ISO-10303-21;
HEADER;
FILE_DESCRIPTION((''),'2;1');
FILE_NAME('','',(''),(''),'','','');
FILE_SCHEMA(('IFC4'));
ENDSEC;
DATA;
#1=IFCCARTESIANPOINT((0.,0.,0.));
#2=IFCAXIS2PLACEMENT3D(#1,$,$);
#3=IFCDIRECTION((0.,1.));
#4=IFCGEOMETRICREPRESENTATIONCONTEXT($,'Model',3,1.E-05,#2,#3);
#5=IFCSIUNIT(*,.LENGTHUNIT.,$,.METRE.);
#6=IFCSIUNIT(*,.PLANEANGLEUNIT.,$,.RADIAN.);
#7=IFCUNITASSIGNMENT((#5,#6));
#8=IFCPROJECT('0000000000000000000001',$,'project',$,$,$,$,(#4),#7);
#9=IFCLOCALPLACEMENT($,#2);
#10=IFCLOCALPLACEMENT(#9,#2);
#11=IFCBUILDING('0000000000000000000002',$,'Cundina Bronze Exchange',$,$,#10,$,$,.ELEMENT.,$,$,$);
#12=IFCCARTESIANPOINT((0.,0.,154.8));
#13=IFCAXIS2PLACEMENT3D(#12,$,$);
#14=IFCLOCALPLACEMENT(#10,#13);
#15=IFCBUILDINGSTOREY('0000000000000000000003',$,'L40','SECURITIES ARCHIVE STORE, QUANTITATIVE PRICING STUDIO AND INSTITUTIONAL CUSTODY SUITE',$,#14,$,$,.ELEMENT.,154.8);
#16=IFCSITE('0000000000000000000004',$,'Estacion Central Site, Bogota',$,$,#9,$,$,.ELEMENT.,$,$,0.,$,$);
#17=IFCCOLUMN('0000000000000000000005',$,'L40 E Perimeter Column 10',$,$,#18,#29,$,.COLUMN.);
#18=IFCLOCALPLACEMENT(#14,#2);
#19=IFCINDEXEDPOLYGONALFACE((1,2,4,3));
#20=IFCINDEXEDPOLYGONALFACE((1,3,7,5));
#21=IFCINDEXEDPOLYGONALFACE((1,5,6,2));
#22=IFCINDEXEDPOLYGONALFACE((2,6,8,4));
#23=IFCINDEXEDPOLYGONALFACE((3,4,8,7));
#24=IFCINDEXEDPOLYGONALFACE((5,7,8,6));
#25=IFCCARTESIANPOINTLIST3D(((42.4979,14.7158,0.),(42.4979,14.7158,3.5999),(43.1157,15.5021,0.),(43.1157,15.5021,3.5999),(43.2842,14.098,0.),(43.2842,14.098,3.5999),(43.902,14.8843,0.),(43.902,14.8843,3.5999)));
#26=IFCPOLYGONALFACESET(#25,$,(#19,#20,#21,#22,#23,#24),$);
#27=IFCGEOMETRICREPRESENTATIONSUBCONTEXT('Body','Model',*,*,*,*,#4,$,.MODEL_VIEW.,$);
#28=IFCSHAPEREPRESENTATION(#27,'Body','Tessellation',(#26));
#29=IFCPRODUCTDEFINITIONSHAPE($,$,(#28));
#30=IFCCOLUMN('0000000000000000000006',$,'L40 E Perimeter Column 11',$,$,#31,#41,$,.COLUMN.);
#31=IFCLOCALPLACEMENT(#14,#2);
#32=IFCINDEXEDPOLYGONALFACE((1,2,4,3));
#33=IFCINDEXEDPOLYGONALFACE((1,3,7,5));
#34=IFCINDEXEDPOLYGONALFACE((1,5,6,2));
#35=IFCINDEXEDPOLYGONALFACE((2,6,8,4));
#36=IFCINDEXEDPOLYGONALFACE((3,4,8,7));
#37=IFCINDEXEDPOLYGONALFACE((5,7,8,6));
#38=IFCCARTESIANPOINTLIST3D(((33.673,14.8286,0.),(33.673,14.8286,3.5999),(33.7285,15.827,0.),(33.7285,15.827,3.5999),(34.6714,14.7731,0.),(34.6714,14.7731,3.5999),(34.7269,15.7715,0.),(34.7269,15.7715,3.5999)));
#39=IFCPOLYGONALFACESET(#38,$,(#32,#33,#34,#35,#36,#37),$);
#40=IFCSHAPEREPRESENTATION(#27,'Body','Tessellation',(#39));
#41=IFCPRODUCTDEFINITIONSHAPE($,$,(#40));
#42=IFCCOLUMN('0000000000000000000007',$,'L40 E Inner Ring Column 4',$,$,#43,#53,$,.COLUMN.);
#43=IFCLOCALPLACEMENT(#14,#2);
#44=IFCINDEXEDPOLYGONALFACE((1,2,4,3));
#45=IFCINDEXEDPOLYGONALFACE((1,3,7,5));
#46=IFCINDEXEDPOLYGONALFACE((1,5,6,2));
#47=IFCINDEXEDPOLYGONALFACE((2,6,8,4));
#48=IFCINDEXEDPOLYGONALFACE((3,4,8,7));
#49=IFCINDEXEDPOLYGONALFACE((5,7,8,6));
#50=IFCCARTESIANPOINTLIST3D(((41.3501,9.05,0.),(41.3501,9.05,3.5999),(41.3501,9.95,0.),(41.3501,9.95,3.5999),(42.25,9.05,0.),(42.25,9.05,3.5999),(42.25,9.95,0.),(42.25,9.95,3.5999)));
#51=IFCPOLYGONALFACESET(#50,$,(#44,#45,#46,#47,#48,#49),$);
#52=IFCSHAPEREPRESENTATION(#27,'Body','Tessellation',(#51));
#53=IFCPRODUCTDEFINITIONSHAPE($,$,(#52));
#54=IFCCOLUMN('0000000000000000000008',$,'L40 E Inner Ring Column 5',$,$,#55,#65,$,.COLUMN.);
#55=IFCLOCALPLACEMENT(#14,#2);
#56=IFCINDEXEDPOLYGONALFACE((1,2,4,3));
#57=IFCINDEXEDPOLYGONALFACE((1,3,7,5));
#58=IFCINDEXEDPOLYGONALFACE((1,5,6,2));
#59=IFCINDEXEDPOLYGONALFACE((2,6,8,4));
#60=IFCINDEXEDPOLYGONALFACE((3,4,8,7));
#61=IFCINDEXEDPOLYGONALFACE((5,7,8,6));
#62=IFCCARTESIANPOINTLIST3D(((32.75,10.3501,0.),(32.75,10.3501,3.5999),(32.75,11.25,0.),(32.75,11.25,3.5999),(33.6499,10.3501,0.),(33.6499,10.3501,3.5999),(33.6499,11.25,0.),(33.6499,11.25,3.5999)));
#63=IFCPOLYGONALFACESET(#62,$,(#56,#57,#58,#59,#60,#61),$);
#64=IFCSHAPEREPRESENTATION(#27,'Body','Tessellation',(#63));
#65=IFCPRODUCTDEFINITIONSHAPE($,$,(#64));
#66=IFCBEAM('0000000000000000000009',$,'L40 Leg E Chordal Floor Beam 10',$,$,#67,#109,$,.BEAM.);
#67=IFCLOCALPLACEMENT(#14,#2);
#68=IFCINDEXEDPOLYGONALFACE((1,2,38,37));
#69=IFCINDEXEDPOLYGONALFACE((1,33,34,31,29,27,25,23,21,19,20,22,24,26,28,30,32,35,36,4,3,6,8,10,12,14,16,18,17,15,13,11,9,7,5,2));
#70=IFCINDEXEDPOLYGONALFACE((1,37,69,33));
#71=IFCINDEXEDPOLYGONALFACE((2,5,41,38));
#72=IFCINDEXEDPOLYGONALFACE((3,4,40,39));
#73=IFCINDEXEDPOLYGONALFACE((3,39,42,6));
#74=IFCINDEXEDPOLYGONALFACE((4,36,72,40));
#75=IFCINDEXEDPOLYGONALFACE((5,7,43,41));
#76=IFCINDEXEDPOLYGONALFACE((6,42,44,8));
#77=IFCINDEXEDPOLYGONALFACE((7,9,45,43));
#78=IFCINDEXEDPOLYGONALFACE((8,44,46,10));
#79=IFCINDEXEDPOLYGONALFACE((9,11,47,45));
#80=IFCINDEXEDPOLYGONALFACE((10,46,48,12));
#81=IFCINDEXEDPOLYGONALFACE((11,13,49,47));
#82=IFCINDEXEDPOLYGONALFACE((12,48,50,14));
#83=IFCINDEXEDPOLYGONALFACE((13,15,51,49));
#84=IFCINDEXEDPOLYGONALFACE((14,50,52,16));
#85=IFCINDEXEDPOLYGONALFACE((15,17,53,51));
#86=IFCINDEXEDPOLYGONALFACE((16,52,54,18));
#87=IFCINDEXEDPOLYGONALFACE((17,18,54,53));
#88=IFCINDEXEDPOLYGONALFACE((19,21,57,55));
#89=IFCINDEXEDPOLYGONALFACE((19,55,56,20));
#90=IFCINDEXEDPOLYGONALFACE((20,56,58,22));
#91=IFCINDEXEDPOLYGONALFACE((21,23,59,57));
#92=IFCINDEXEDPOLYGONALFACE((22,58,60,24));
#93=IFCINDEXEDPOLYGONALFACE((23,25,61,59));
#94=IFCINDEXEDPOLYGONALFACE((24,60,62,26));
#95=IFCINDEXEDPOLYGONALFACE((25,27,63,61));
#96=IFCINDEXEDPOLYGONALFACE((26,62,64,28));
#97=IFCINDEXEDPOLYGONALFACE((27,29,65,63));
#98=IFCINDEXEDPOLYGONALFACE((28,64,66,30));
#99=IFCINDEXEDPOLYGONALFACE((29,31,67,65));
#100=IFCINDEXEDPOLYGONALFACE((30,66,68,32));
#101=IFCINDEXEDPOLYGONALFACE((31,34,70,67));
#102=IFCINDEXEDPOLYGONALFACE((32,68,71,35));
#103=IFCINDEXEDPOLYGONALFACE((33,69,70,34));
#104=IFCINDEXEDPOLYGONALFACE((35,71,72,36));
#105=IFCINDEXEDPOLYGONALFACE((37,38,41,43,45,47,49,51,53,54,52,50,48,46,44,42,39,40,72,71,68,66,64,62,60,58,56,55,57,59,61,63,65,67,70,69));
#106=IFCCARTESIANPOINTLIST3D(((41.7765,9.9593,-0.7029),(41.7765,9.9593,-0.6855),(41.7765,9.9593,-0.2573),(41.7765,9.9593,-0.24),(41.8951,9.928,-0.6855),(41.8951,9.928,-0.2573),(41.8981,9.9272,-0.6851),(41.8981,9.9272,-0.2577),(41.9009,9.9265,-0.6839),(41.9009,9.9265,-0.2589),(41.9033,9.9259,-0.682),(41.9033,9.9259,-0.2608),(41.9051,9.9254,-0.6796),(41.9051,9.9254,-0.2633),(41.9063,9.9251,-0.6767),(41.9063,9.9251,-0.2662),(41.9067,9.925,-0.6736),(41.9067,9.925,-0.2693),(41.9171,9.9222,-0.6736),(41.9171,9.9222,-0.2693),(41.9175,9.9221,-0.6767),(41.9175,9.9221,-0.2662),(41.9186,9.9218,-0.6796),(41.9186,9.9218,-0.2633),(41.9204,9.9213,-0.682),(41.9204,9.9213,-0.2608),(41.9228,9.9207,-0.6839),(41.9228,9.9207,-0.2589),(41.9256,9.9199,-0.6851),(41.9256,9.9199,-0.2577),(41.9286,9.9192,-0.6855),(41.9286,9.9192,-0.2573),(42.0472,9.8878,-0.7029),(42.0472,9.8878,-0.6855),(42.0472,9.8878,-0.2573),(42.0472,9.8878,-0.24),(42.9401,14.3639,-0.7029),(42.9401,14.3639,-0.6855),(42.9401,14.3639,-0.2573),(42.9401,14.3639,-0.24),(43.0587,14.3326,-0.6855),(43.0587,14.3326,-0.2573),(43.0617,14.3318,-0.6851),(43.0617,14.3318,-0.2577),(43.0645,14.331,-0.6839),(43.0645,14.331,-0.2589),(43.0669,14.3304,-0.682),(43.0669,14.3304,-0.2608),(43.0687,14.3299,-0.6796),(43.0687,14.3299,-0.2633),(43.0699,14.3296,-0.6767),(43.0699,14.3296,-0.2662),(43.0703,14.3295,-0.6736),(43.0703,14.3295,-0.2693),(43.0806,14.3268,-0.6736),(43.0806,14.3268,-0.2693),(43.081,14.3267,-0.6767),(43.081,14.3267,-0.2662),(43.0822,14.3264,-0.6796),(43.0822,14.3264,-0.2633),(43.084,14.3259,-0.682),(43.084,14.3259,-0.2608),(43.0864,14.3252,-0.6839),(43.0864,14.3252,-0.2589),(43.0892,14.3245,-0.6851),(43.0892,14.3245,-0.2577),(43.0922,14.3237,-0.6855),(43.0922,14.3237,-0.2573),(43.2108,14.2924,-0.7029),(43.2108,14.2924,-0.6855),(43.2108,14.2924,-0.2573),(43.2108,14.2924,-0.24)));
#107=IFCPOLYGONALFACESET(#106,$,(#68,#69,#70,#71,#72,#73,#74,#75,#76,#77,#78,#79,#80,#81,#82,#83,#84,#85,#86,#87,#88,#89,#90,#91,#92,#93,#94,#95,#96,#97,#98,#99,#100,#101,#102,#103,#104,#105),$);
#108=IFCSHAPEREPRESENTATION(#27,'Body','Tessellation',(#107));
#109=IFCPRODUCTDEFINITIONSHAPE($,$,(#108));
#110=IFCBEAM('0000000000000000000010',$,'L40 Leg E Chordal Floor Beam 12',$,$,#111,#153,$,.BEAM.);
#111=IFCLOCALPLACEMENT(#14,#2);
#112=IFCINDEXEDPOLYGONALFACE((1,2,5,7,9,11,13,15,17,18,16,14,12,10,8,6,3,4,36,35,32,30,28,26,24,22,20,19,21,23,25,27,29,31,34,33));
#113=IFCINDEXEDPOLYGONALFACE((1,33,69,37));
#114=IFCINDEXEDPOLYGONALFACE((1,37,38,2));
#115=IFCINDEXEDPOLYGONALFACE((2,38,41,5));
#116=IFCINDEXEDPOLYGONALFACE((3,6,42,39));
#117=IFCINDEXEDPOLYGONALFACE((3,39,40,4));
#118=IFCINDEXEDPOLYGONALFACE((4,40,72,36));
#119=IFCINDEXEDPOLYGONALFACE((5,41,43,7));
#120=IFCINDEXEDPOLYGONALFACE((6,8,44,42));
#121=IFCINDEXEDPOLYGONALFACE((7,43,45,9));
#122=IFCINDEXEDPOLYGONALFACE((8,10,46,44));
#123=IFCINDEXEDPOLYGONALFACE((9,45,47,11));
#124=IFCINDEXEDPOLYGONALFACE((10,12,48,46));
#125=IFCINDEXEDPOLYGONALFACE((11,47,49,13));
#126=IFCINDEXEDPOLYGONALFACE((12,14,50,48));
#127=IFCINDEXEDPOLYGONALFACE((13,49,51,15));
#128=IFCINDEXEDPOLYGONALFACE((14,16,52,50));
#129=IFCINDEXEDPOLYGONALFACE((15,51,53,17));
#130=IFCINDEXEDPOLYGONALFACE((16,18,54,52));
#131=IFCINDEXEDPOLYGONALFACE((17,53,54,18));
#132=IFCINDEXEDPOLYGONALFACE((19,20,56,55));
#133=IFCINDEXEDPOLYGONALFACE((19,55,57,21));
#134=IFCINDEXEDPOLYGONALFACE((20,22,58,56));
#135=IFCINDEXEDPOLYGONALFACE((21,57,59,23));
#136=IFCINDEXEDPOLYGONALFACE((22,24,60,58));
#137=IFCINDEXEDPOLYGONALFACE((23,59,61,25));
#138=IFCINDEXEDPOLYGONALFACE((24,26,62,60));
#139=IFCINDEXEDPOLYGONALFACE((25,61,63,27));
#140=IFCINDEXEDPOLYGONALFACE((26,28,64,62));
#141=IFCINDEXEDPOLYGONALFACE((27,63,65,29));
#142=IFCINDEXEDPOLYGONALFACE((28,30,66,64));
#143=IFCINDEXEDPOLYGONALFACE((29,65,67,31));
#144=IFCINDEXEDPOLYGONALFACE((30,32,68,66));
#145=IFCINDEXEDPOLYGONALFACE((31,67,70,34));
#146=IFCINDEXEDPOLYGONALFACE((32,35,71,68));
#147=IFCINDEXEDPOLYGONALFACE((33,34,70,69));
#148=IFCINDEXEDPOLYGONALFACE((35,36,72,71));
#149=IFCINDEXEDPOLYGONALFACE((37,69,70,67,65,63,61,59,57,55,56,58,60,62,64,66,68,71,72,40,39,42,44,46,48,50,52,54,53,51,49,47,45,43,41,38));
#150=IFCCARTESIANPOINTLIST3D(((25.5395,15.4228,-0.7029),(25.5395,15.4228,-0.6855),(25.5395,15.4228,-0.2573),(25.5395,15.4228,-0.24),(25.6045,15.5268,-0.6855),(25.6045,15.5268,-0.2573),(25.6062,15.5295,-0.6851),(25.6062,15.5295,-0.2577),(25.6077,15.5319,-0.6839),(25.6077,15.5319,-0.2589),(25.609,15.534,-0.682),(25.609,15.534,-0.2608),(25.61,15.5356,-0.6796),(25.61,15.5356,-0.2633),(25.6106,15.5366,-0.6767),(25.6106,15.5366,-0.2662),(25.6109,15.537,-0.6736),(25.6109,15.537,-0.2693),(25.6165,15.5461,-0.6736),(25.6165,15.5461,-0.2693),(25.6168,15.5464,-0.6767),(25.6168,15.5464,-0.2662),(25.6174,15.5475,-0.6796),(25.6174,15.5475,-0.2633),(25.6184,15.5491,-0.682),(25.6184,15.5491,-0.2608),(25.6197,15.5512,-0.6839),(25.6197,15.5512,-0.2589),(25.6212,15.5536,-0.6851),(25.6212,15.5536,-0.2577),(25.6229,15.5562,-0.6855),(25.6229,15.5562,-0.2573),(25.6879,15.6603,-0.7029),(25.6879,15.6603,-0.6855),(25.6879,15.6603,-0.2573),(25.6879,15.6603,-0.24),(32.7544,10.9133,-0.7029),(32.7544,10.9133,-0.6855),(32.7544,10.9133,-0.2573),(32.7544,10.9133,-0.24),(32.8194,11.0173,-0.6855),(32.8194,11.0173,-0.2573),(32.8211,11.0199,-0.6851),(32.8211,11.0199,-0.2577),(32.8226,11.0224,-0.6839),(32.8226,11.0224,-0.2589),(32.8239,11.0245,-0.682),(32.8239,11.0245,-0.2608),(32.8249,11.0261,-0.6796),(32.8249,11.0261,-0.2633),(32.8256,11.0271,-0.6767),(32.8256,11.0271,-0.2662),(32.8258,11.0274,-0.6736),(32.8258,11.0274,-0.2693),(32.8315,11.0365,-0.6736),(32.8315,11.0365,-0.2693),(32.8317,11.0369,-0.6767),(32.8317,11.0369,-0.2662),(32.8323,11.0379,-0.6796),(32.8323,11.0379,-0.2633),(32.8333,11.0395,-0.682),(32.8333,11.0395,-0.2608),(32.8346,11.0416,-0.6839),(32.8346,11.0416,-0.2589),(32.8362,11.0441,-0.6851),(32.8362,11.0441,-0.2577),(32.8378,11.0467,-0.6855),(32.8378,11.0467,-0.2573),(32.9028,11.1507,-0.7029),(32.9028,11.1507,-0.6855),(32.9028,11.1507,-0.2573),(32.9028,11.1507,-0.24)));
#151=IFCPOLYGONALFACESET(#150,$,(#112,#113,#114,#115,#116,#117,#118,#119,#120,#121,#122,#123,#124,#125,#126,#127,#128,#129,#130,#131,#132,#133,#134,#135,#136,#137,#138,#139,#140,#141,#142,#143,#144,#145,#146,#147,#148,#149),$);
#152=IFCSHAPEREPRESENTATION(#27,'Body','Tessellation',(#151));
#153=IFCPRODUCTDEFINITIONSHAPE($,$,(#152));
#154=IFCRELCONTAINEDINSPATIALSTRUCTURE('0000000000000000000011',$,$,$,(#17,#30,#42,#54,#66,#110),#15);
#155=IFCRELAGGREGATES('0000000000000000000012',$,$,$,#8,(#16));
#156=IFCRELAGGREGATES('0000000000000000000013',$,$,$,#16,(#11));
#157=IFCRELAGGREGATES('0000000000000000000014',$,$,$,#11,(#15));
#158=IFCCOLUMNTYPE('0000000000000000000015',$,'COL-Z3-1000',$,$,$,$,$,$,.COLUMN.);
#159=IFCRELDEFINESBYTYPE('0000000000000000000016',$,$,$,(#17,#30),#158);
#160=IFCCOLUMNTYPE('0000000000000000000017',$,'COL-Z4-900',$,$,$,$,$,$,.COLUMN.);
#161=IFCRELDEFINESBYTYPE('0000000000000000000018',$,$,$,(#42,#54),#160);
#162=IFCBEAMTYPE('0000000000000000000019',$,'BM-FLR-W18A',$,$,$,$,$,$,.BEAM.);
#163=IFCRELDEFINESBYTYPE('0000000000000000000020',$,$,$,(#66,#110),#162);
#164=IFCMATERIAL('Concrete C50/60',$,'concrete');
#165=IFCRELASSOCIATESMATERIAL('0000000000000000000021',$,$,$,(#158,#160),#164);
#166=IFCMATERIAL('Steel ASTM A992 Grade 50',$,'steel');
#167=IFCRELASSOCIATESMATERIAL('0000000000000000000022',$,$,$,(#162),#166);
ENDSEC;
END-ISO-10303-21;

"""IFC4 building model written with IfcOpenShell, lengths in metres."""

from ifc_helpers import new_model, si_unit, direction, frame, origin, origin_2d, place, context, subcontext, project, spatial, rectangle, i_section, extrude, material, material_profile, profile_set, type_object, element, save


model = new_model("IFC4")

# Units and contexts
model_context = context("Model", 3, precision=1e-05, world=origin(), true_north=direction((0.0, 1.0)))
body_context = subcontext(model_context, "Body", "Model", "MODEL_VIEW")
ifc_project = project(units=[si_unit("LENGTHUNIT", "METRE"), si_unit("PLANEANGLEUNIT", "RADIAN")], contexts=[model_context])

# Site, building, storey
site_placement = place(None, origin())
site = spatial("IfcSite", under=ifc_project, at=site_placement, Name="Estacion Central Site, Bogota", CompositionType="ELEMENT", RefElevation=0.0)
building_placement = place(site_placement, origin())
building = spatial("IfcBuilding", under=site, at=building_placement, Name="Cundina Bronze Exchange", CompositionType="ELEMENT")
storey_placement = place(building_placement, frame((0.0, 0.0, 154.8)))
storey = spatial("IfcBuildingStorey", under=building, at=storey_placement, Name="L40", Description="SECURITIES ARCHIVE STORE, QUANTITATIVE PRICING STUDIO AND INSTITUTIONAL CUSTODY SUITE", CompositionType="ELEMENT", Elevation=154.8)

# Columns
ifc_material_1 = material(Name="Concrete C50/60", Category="concrete")
ifc_material_profile_1 = material_profile(ifc_material_1, rectangle(XDim=1.0, YDim=1.0, at=origin_2d()), Name="RC1000X1000", Category="concrete")
ifc_profile_set_1 = profile_set([ifc_material_profile_1], Name="Concrete C50/60")
column_type_1 = type_object("IfcColumnType", Name="COL-Z3-1000", PredefinedType="COLUMN", material=ifc_profile_set_1)
for number, where, z_axis, x_axis, name in (
    (1, (43.2, 14.8, 0.0), (0.0, 0.0, 1.0), (-0.786288, 0.61786, 0.0), "L40 E Perimeter Column 10"),
    (2, (34.2, 15.3, 0.0), (0.0, 0.0, 1.0), (-0.99846, 0.055473, 0.0), "L40 E Perimeter Column 11"),
):
    element("IfcColumn", number, at=place(storey_placement, frame(where, z_axis=z_axis, x_axis=x_axis)), inside=storey, type_object=column_type_1, Name=name, PredefinedType="COLUMN", context=body_context, shape_type="SweptSolid", body=[
        extrude(rectangle(XDim=1.0, YDim=1.0, at=origin_2d()), origin(), (0.0, 0.0, 1.0), 3.5999),
    ])
ifc_material_profile_2 = material_profile(ifc_material_1, rectangle(XDim=0.8999, YDim=0.8999, at=origin_2d()), Name="RC900X900", Category="concrete")
ifc_profile_set_2 = profile_set([ifc_material_profile_2], Name="Concrete C50/60")
column_type_2 = type_object("IfcColumnType", Name="COL-Z4-900", PredefinedType="COLUMN", material=ifc_profile_set_2)
for number, where, z_axis, x_axis, name in (
    (3, (41.8, 9.5, 0.0), (0.0, 0.0, 1.0), (1.0, 0.0, 0.0), "L40 E Inner Ring Column 4"),
    (4, (33.2, 10.8, 0.0), (0.0, 0.0, 1.0), (1.0, 0.0, 0.0), "L40 E Inner Ring Column 5"),
):
    element("IfcColumn", number, at=place(storey_placement, frame(where, z_axis=z_axis, x_axis=x_axis)), inside=storey, type_object=column_type_2, Name=name, PredefinedType="COLUMN", context=body_context, shape_type="SweptSolid", body=[
        extrude(rectangle(XDim=0.8999, YDim=0.8999, at=origin_2d()), origin(), (0.0, 0.0, 1.0), 3.5999),
    ])

# Beams
ifc_material_2 = material(Name="Steel ASTM A992 Grade 50", Category="steel")
ifc_material_profile_3 = material_profile(ifc_material_2, i_section(OverallWidth=0.28, OverallDepth=0.4629, WebThickness=0.0107, FlangeThickness=0.0173, FilletRadius=0.012, at=origin_2d()), Name="W18X76", Category="steel")
ifc_profile_set_3 = profile_set([ifc_material_profile_3], Name="Steel ASTM A992 Grade 50")
beam_type_1 = type_object("IfcBeamType", Name="BM-FLR-W18A", PredefinedType="BEAM", material=ifc_profile_set_3)
beam_1_placement = place(storey_placement, frame((41.9119, 9.9236, -0.4714), z_axis=(0.255414, 0.966832, 0.0), x_axis=(-0.966832, 0.255414, 0.0)))
element("IfcBeam", 5, at=beam_1_placement, inside=storey, type_object=beam_type_1, Name="L40 Leg E Chordal Floor Beam 10", PredefinedType="BEAM", context=body_context, shape_type="SweptSolid", body=[
    extrude(i_section(OverallWidth=0.28, OverallDepth=0.4629, WebThickness=0.0107, FlangeThickness=0.0173, FilletRadius=0.012, at=origin_2d()), origin(), (0.0, 0.0, 1.0), 4.5557),
])
beam_2_placement = place(storey_placement, frame((32.8286, 11.032, -0.4714), z_axis=(-0.847985, 0.53002, 0.0), x_axis=(-0.53002, -0.847985, 0.0)))
element("IfcBeam", 6, at=beam_2_placement, inside=storey, type_object=beam_type_1, Name="L40 Leg E Chordal Floor Beam 12", PredefinedType="BEAM", context=body_context, shape_type="SweptSolid", body=[
    extrude(i_section(OverallWidth=0.28, OverallDepth=0.4629, WebThickness=0.0107, FlangeThickness=0.0173, FilletRadius=0.012, at=origin_2d()), origin(), (0.0, 0.0, 1.0), 8.5083),
])

save(model, "model.ifc")
